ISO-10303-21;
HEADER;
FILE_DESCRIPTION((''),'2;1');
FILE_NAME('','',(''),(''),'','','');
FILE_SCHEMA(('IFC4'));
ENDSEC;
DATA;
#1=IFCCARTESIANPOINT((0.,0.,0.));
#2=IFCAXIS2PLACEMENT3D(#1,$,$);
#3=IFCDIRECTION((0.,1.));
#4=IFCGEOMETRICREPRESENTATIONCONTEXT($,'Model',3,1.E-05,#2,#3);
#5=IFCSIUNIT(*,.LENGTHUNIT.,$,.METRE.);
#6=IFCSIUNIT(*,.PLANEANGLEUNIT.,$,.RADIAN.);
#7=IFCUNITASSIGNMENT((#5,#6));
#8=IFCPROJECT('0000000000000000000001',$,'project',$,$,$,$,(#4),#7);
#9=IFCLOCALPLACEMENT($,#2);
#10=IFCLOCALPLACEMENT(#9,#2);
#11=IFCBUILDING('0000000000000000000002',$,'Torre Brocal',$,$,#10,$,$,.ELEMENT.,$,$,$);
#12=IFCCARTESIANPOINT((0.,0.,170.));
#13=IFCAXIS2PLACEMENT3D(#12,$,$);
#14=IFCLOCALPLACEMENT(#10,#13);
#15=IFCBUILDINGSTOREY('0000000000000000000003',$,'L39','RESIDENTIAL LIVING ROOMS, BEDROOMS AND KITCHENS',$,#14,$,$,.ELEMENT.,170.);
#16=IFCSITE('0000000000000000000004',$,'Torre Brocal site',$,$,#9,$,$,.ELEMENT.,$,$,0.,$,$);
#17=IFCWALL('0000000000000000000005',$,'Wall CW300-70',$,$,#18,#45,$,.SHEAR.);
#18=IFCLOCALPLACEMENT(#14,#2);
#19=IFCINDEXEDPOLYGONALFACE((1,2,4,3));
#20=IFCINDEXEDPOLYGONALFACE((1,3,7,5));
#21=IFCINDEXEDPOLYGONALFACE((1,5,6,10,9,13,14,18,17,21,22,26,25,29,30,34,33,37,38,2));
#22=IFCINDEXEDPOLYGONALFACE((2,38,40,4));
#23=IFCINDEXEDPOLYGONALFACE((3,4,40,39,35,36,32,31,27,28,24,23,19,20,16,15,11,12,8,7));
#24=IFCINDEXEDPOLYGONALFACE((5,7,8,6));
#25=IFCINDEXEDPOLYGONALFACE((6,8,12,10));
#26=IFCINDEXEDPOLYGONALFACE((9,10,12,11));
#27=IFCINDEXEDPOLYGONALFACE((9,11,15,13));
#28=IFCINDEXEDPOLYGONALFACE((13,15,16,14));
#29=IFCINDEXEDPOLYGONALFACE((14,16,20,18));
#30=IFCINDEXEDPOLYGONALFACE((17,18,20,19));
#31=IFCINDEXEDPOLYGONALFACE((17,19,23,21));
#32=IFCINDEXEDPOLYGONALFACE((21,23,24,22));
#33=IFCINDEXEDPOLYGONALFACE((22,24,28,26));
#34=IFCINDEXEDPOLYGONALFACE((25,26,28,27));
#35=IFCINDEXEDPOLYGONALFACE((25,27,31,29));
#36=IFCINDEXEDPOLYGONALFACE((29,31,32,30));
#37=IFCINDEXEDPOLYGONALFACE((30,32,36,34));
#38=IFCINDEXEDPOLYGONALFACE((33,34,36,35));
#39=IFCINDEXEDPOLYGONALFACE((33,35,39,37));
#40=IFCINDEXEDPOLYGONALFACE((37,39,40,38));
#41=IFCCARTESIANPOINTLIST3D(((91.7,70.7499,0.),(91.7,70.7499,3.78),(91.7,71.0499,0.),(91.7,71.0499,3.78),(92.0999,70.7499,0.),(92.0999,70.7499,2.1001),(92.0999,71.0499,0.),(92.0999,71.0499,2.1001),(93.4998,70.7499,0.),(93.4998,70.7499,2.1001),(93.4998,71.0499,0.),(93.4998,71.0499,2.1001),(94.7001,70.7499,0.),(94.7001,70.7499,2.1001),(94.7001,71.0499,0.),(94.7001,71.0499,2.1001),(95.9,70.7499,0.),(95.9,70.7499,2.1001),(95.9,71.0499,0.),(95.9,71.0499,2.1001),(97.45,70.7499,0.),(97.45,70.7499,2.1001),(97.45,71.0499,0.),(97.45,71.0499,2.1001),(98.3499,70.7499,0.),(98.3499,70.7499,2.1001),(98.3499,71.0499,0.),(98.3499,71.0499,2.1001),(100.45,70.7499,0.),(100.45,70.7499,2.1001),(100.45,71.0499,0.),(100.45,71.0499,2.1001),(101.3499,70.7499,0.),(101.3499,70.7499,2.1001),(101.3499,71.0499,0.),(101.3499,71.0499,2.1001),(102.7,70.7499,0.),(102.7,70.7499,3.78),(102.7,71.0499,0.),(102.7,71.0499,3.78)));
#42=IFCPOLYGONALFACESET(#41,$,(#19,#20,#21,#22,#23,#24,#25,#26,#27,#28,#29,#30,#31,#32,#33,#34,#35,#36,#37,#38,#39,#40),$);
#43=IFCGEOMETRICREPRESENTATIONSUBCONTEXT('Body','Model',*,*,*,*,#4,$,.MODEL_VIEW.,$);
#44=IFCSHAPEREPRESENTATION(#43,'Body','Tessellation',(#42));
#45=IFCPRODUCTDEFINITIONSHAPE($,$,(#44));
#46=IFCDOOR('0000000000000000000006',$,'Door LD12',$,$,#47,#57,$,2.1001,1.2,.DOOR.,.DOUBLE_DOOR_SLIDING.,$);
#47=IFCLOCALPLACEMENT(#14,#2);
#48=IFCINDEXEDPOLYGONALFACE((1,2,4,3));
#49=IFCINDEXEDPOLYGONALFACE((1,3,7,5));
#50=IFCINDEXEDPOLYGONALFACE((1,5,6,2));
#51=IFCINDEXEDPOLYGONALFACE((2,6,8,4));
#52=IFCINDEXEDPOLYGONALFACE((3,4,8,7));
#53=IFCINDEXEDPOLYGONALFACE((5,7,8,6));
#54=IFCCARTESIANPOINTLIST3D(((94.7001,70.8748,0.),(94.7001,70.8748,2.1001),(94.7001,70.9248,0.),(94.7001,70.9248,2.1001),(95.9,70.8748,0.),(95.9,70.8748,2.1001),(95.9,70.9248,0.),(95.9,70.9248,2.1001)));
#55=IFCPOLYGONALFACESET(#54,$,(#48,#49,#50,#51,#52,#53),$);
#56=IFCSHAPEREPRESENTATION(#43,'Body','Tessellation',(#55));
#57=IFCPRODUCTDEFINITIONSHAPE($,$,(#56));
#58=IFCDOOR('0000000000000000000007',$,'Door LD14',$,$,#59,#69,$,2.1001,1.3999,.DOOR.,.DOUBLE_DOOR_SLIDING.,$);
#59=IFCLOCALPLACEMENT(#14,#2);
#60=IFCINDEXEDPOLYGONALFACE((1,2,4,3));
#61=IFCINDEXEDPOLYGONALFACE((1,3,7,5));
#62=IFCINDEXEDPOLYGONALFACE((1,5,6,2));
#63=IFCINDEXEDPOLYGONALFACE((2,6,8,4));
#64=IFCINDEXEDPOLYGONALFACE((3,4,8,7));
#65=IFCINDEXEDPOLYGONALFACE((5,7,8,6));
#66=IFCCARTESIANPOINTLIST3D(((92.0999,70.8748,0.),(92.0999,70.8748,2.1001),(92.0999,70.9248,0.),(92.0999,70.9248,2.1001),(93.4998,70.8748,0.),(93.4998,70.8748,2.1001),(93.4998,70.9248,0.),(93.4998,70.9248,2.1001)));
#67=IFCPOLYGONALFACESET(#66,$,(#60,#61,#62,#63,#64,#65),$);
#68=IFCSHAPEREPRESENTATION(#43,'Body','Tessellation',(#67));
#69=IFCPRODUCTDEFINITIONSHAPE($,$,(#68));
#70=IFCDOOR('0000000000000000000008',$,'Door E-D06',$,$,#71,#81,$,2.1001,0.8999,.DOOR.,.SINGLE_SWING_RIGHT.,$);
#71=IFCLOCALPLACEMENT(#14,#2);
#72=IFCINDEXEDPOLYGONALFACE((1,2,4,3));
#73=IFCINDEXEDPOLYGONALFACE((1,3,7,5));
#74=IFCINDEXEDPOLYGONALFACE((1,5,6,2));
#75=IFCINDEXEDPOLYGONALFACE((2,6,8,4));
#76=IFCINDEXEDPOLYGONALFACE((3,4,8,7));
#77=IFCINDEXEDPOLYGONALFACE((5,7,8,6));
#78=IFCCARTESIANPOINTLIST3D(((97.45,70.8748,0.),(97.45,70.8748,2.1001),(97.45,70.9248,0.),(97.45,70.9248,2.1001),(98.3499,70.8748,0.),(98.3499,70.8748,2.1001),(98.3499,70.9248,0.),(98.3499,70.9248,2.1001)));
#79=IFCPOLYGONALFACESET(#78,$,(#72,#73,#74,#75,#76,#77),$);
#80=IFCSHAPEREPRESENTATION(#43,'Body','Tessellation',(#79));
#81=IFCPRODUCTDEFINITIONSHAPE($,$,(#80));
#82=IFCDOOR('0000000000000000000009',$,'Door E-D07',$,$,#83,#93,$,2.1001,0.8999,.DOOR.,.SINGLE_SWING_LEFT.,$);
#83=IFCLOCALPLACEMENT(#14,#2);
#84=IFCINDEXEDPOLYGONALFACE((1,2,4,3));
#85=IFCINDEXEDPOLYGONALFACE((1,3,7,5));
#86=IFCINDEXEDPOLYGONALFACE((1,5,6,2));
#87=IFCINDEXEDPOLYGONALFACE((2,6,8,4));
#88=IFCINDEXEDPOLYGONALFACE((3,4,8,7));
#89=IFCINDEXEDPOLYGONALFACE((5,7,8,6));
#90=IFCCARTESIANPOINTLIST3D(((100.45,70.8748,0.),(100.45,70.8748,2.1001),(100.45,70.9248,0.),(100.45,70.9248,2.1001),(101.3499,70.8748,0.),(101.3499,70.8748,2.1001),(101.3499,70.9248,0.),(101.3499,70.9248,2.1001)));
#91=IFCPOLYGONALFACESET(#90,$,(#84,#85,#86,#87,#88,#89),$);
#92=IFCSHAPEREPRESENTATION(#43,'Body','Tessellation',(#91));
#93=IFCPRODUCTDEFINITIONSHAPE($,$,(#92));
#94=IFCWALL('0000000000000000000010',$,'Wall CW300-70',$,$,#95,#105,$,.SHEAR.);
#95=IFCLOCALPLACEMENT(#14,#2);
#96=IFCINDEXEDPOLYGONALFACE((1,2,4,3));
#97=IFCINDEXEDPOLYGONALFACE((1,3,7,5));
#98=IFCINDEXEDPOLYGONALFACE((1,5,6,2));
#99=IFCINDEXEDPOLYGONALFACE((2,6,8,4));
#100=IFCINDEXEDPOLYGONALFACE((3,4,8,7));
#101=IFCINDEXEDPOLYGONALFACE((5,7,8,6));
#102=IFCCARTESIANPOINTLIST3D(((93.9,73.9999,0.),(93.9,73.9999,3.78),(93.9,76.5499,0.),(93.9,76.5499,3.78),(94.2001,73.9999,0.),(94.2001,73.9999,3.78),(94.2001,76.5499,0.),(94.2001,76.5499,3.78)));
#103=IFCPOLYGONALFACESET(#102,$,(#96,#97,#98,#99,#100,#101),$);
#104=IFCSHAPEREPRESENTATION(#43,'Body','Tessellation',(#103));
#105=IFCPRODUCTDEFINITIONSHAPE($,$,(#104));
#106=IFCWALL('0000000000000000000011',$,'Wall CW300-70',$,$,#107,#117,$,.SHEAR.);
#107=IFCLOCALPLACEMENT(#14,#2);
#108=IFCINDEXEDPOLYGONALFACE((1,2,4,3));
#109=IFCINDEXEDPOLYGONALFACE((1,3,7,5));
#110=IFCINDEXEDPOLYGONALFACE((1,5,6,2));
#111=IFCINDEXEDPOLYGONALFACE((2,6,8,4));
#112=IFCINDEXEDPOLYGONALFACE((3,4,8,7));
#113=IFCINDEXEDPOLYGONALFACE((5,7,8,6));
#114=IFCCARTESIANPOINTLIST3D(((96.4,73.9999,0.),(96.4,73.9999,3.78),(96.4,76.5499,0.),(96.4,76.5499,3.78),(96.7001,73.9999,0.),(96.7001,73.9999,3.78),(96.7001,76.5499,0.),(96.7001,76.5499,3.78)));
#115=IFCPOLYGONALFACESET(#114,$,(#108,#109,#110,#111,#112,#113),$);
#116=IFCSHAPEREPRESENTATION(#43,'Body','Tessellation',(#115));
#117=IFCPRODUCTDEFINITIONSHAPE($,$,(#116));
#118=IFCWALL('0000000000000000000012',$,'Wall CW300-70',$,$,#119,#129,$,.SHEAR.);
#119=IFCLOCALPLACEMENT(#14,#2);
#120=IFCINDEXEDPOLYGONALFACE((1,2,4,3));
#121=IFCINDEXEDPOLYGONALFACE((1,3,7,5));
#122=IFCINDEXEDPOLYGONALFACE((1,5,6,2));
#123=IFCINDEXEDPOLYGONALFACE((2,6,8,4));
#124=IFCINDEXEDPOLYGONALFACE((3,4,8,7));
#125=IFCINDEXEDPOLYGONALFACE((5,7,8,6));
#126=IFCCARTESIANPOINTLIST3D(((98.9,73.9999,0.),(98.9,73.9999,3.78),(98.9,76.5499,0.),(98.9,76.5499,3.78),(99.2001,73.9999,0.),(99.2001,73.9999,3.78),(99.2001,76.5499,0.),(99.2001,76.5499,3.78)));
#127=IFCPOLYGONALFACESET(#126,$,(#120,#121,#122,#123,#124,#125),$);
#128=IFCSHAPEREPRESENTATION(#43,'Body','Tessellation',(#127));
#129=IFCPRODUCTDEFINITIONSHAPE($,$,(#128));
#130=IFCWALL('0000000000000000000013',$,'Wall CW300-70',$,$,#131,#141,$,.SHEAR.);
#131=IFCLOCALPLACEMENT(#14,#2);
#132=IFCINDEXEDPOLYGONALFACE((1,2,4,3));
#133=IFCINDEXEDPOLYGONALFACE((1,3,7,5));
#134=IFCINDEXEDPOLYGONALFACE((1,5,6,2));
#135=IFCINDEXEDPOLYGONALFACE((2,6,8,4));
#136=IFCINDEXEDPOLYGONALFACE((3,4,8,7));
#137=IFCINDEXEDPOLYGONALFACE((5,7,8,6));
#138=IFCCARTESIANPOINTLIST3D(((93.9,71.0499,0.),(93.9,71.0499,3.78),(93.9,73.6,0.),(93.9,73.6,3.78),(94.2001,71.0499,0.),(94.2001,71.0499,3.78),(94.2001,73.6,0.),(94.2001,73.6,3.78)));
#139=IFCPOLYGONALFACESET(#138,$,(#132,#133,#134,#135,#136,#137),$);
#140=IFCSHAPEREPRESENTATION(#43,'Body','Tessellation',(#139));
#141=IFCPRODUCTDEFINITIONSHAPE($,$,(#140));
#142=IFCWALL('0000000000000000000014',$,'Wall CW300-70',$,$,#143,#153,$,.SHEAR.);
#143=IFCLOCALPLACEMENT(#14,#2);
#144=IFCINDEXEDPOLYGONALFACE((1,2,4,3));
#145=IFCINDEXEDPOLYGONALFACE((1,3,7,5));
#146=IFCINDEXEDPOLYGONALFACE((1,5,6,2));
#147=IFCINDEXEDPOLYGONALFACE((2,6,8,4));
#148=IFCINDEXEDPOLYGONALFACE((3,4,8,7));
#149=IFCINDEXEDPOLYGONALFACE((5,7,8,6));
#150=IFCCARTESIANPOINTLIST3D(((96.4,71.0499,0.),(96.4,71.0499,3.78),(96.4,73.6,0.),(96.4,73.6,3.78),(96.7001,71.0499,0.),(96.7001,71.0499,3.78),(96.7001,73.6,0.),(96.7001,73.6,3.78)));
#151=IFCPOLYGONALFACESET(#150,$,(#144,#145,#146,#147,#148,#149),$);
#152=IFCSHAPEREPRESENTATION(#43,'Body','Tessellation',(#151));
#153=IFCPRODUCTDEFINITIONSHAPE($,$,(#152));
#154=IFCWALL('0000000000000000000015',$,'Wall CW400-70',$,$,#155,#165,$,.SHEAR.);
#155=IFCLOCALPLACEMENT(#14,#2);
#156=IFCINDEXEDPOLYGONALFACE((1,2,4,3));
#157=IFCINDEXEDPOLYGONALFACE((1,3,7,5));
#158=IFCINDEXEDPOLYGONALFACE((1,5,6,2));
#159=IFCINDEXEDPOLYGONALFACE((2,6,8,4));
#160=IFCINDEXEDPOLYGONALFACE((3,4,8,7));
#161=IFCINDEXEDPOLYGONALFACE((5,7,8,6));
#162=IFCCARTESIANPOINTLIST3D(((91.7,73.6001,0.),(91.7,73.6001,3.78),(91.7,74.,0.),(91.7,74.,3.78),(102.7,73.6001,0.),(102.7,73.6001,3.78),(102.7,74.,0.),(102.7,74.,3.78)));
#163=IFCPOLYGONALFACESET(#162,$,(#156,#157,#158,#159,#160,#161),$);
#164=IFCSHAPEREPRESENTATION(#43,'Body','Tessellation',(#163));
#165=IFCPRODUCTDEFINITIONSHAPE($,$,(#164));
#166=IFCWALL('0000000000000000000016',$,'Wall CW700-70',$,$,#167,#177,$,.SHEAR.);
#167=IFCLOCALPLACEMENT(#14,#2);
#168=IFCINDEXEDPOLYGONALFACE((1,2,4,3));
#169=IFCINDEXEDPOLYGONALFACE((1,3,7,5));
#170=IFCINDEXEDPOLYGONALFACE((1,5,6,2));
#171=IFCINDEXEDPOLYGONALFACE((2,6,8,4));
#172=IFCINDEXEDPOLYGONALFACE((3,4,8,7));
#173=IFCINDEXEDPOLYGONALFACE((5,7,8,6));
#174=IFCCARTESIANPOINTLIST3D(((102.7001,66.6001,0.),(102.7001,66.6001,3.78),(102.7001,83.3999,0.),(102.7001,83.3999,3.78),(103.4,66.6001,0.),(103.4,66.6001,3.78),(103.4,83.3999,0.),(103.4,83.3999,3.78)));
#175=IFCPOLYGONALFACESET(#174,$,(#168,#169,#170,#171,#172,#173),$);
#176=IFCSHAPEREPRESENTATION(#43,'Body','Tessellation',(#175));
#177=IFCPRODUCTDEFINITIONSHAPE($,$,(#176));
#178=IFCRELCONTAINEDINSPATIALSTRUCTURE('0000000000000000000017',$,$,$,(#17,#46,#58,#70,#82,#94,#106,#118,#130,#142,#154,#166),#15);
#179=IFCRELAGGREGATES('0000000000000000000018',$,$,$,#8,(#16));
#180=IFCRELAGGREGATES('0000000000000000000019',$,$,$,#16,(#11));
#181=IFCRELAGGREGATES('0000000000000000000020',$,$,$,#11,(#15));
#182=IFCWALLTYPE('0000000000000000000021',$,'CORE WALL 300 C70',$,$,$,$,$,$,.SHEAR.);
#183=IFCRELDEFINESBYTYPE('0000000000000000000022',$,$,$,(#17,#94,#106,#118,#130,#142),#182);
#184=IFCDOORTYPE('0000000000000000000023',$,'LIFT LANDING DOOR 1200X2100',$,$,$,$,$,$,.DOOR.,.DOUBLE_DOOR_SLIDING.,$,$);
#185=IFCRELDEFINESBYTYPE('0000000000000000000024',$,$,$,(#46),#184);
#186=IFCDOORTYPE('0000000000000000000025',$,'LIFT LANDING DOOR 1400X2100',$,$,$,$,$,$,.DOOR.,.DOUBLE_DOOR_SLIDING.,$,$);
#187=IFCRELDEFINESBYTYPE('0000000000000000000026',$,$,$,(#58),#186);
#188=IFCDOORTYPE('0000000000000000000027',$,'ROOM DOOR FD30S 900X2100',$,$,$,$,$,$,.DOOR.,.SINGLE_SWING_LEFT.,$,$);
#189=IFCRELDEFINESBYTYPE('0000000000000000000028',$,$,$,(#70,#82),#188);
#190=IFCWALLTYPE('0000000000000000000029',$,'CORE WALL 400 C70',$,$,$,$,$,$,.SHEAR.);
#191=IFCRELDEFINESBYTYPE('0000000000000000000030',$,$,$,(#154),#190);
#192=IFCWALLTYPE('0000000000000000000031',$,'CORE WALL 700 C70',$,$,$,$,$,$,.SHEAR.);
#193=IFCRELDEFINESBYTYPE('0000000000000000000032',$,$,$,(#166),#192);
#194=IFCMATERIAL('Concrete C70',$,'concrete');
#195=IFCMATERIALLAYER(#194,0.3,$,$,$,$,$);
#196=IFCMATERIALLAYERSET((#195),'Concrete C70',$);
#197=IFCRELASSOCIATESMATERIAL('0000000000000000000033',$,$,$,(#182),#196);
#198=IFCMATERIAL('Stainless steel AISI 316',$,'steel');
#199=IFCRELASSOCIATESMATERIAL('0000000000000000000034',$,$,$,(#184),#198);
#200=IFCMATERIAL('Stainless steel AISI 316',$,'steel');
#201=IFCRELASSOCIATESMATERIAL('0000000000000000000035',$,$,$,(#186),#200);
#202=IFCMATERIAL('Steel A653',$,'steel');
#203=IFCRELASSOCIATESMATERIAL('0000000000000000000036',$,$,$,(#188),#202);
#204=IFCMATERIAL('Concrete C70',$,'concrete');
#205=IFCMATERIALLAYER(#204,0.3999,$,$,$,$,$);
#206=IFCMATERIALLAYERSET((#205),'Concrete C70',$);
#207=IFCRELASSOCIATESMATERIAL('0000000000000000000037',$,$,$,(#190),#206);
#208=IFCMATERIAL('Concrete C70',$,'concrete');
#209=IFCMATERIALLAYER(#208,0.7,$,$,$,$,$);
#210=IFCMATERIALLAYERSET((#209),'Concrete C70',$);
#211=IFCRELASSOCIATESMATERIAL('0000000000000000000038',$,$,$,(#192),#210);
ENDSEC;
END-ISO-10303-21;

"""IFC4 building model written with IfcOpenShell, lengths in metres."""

from ifc_helpers import new_model, si_unit, direction, frame, frame_2d, origin, place, context, subcontext, project, spatial, rectangle, extrude, material, layer, layer_set, type_object, element, fill, save


model = new_model("IFC4")

# Units and contexts
model_context = context("Model", 3, precision=1e-05, world=origin(), true_north=direction((0.0, 1.0)))
body_context = subcontext(model_context, "Body", "Model", "MODEL_VIEW")
ifc_project = project(units=[si_unit("LENGTHUNIT", "METRE"), si_unit("PLANEANGLEUNIT", "RADIAN")], contexts=[model_context])

# Site, building, storey
site_placement = place(None, origin())
site = spatial("IfcSite", under=ifc_project, at=site_placement, Name="Torre Brocal site", CompositionType="ELEMENT", RefElevation=0.0)
building_placement = place(site_placement, origin())
building = spatial("IfcBuilding", under=site, at=building_placement, Name="Torre Brocal", CompositionType="ELEMENT")
storey_placement = place(building_placement, frame((0.0, 0.0, 170.0)))
storey = spatial("IfcBuildingStorey", under=building, at=storey_placement, Name="L39", Description="RESIDENTIAL LIVING ROOMS, BEDROOMS AND KITCHENS", CompositionType="ELEMENT", Elevation=170.0)

# Shared definitions
ifc_material_1 = material(Name="Concrete C70", Category="concrete")
ifc_layer_1 = layer(ifc_material_1, 0.3)
ifc_layer_set_1 = layer_set([ifc_layer_1], Name="Concrete C70")
wall_type_1 = type_object("IfcWallType", Name="CORE WALL 300 C70", PredefinedType="SHEAR", material=ifc_layer_set_1)

# Wall, openings, doors
wall_1_placement = place(storey_placement, frame((91.7, 70.8999, 0.0), z_axis=(0.0, 0.0, 1.0), x_axis=(1.0, 0.0, 0.0)))
wall_1 = element("IfcWall", 1, at=wall_1_placement, inside=storey, type_object=wall_type_1, Name="Wall CW300-70", PredefinedType="SHEAR", context=body_context, shape_type="SweptSolid", body=[
    extrude(rectangle(XDim=11.0, YDim=0.3, at=frame_2d((5.5, 0.0))), origin(), (0.0, 0.0, 1.0), 3.78),
])
opening_1_placement = place(wall_1_placement, frame((0.3999, 0.0, 0.0)))
opening_1 = element("IfcOpeningElement", 2, at=opening_1_placement, cuts=wall_1, PredefinedType="OPENING", context=body_context, shape_type="SweptSolid", body=[
    extrude(rectangle(XDim=1.3999, YDim=2.1001, at=frame_2d((0.7, 1.05))), frame((0.0, 0.1599, 0.0), z_axis=(0.0, -1.0, 0.0), x_axis=(1.0, 0.0, 0.0)), (0.0, 0.0, 1.0), 0.3201),
])
opening_2_placement = place(wall_1_placement, frame((3.0, 0.0, 0.0)))
opening_2 = element("IfcOpeningElement", 3, at=opening_2_placement, cuts=wall_1, PredefinedType="OPENING", context=body_context, shape_type="SweptSolid", body=[
    extrude(rectangle(XDim=1.2, YDim=2.1001, at=frame_2d((0.6001, 1.05))), frame((0.0, 0.1599, 0.0), z_axis=(0.0, -1.0, 0.0), x_axis=(1.0, 0.0, 0.0)), (0.0, 0.0, 1.0), 0.3201),
])
opening_3_placement = place(wall_1_placement, frame((5.75, 0.0, 0.0)))
opening_3 = element("IfcOpeningElement", 4, at=opening_3_placement, cuts=wall_1, PredefinedType="OPENING", context=body_context, shape_type="SweptSolid", body=[
    extrude(rectangle(XDim=0.8999, YDim=2.1001, at=frame_2d((0.45, 1.05))), frame((0.0, 0.1599, 0.0), z_axis=(0.0, -1.0, 0.0), x_axis=(1.0, 0.0, 0.0)), (0.0, 0.0, 1.0), 0.3201),
])
opening_4_placement = place(wall_1_placement, frame((8.75, 0.0, 0.0)))
opening_4 = element("IfcOpeningElement", 5, at=opening_4_placement, cuts=wall_1, PredefinedType="OPENING", context=body_context, shape_type="SweptSolid", body=[
    extrude(rectangle(XDim=0.8999, YDim=2.1001, at=frame_2d((0.45, 1.05))), frame((0.0, 0.1599, 0.0), z_axis=(0.0, -1.0, 0.0), x_axis=(1.0, 0.0, 0.0)), (0.0, 0.0, 1.0), 0.3201),
])
ifc_material_2 = material(Name="Stainless steel AISI 316", Category="steel")
door_type_1 = type_object("IfcDoorType", Name="LIFT LANDING DOOR 1200X2100", OperationType="DOUBLE_DOOR_SLIDING", PredefinedType="DOOR", material=ifc_material_2)
door_1_placement = place(opening_2_placement, origin())
door_1 = element("IfcDoor", 6, at=door_1_placement, inside=storey, type_object=door_type_1, Name="Door LD12", OperationType="DOUBLE_DOOR_SLIDING", OverallHeight=2.1001, OverallWidth=1.2, PredefinedType="DOOR", context=body_context, shape_type="SweptSolid", body=[
    extrude(rectangle(XDim=1.2, YDim=2.1001, at=frame_2d((0.6001, 1.05))), frame((0.0, 0.0249, 0.0), z_axis=(0.0, -1.0, 0.0), x_axis=(1.0, 0.0, 0.0)), (0.0, 0.0, 1.0), 0.05),
])
fill(opening_2, door_1)
ifc_material_3 = material(Name="Stainless steel AISI 316", Category="steel")
door_type_2 = type_object("IfcDoorType", Name="LIFT LANDING DOOR 1400X2100", OperationType="DOUBLE_DOOR_SLIDING", PredefinedType="DOOR", material=ifc_material_3)
door_2_placement = place(opening_1_placement, origin())
door_2 = element("IfcDoor", 7, at=door_2_placement, inside=storey, type_object=door_type_2, Name="Door LD14", OperationType="DOUBLE_DOOR_SLIDING", OverallHeight=2.1001, OverallWidth=1.3999, PredefinedType="DOOR", context=body_context, shape_type="SweptSolid", body=[
    extrude(rectangle(XDim=1.3999, YDim=2.1001, at=frame_2d((0.7, 1.05))), frame((0.0, 0.0249, 0.0), z_axis=(0.0, -1.0, 0.0), x_axis=(1.0, 0.0, 0.0)), (0.0, 0.0, 1.0), 0.05),
])
fill(opening_1, door_2)
ifc_material_4 = material(Name="Steel A653", Category="steel")
door_type_3 = type_object("IfcDoorType", Name="ROOM DOOR FD30S 900X2100", OperationType="SINGLE_SWING_LEFT", PredefinedType="DOOR", material=ifc_material_4)
door_3_placement = place(opening_3_placement, origin())
door_3 = element("IfcDoor", 8, at=door_3_placement, inside=storey, type_object=door_type_3, Name="Door E-D06", OperationType="SINGLE_SWING_RIGHT", OverallHeight=2.1001, OverallWidth=0.8999, PredefinedType="DOOR", context=body_context, shape_type="SweptSolid", body=[
    extrude(rectangle(XDim=0.8999, YDim=2.1001, at=frame_2d((0.45, 1.05))), frame((0.0, 0.0249, 0.0), z_axis=(0.0, -1.0, 0.0), x_axis=(1.0, 0.0, 0.0)), (0.0, 0.0, 1.0), 0.05),
])
fill(opening_3, door_3)
door_4_placement = place(opening_4_placement, origin())
door_4 = element("IfcDoor", 9, at=door_4_placement, inside=storey, type_object=door_type_3, Name="Door E-D07", OperationType="SINGLE_SWING_LEFT", OverallHeight=2.1001, OverallWidth=0.8999, PredefinedType="DOOR", context=body_context, shape_type="SweptSolid", body=[
    extrude(rectangle(XDim=0.8999, YDim=2.1001, at=frame_2d((0.45, 1.05))), frame((0.0, 0.0249, 0.0), z_axis=(0.0, -1.0, 0.0), x_axis=(1.0, 0.0, 0.0)), (0.0, 0.0, 1.0), 0.05),
])
fill(opening_4, door_4)

# Walls
for number, where, z_axis, x_axis, name in (
    (10, (94.05, 74.0, 0.0), (0.0, 0.0, 1.0), (0.0, 1.0, 0.0), "Wall CW300-70"),
    (11, (96.55, 74.0, 0.0), (0.0, 0.0, 1.0), (0.0, 1.0, 0.0), "Wall CW300-70"),
    (12, (99.05, 74.0, 0.0), (0.0, 0.0, 1.0), (0.0, 1.0, 0.0), "Wall CW300-70"),
    (13, (94.05, 71.05, 0.0), (0.0, 0.0, 1.0), (0.0, 1.0, 0.0), "Wall CW300-70"),
    (14, (96.55, 71.05, 0.0), (0.0, 0.0, 1.0), (0.0, 1.0, 0.0), "Wall CW300-70"),
):
    element("IfcWall", number, at=place(storey_placement, frame(where, z_axis=z_axis, x_axis=x_axis)), inside=storey, type_object=wall_type_1, Name=name, PredefinedType="SHEAR", context=body_context, shape_type="SweptSolid", body=[
        extrude(rectangle(XDim=2.55, YDim=0.3, at=frame_2d((1.2749, 0.0))), origin(), (0.0, 0.0, 1.0), 3.78),
    ])
ifc_material_5 = material(Name="Concrete C70", Category="concrete")
ifc_layer_2 = layer(ifc_material_5, 0.3999)
ifc_layer_set_2 = layer_set([ifc_layer_2], Name="Concrete C70")
wall_type_2 = type_object("IfcWallType", Name="CORE WALL 400 C70", PredefinedType="SHEAR", material=ifc_layer_set_2)
wall_2_placement = place(storey_placement, frame((91.7, 73.8, 0.0), z_axis=(0.0, 0.0, 1.0), x_axis=(1.0, 0.0, 0.0)))
element("IfcWall", 15, at=wall_2_placement, inside=storey, type_object=wall_type_2, Name="Wall CW400-70", PredefinedType="SHEAR", context=body_context, shape_type="SweptSolid", body=[
    extrude(rectangle(XDim=11.0, YDim=0.3999, at=frame_2d((5.5, 0.0))), origin(), (0.0, 0.0, 1.0), 3.78),
])
ifc_material_6 = material(Name="Concrete C70", Category="concrete")
ifc_layer_3 = layer(ifc_material_6, 0.7)
ifc_layer_set_3 = layer_set([ifc_layer_3], Name="Concrete C70")
wall_type_3 = type_object("IfcWallType", Name="CORE WALL 700 C70", PredefinedType="SHEAR", material=ifc_layer_set_3)
wall_3_placement = place(storey_placement, frame((103.05, 66.6001, 0.0), z_axis=(0.0, 0.0, 1.0), x_axis=(0.0, 1.0, 0.0)))
element("IfcWall", 16, at=wall_3_placement, inside=storey, type_object=wall_type_3, Name="Wall CW700-70", PredefinedType="SHEAR", context=body_context, shape_type="SweptSolid", body=[
    extrude(rectangle(XDim=16.7998, YDim=0.7, at=frame_2d((8.3999, 0.0))), origin(), (0.0, 0.0, 1.0), 3.78),
])

save(model, "model.ifc")
